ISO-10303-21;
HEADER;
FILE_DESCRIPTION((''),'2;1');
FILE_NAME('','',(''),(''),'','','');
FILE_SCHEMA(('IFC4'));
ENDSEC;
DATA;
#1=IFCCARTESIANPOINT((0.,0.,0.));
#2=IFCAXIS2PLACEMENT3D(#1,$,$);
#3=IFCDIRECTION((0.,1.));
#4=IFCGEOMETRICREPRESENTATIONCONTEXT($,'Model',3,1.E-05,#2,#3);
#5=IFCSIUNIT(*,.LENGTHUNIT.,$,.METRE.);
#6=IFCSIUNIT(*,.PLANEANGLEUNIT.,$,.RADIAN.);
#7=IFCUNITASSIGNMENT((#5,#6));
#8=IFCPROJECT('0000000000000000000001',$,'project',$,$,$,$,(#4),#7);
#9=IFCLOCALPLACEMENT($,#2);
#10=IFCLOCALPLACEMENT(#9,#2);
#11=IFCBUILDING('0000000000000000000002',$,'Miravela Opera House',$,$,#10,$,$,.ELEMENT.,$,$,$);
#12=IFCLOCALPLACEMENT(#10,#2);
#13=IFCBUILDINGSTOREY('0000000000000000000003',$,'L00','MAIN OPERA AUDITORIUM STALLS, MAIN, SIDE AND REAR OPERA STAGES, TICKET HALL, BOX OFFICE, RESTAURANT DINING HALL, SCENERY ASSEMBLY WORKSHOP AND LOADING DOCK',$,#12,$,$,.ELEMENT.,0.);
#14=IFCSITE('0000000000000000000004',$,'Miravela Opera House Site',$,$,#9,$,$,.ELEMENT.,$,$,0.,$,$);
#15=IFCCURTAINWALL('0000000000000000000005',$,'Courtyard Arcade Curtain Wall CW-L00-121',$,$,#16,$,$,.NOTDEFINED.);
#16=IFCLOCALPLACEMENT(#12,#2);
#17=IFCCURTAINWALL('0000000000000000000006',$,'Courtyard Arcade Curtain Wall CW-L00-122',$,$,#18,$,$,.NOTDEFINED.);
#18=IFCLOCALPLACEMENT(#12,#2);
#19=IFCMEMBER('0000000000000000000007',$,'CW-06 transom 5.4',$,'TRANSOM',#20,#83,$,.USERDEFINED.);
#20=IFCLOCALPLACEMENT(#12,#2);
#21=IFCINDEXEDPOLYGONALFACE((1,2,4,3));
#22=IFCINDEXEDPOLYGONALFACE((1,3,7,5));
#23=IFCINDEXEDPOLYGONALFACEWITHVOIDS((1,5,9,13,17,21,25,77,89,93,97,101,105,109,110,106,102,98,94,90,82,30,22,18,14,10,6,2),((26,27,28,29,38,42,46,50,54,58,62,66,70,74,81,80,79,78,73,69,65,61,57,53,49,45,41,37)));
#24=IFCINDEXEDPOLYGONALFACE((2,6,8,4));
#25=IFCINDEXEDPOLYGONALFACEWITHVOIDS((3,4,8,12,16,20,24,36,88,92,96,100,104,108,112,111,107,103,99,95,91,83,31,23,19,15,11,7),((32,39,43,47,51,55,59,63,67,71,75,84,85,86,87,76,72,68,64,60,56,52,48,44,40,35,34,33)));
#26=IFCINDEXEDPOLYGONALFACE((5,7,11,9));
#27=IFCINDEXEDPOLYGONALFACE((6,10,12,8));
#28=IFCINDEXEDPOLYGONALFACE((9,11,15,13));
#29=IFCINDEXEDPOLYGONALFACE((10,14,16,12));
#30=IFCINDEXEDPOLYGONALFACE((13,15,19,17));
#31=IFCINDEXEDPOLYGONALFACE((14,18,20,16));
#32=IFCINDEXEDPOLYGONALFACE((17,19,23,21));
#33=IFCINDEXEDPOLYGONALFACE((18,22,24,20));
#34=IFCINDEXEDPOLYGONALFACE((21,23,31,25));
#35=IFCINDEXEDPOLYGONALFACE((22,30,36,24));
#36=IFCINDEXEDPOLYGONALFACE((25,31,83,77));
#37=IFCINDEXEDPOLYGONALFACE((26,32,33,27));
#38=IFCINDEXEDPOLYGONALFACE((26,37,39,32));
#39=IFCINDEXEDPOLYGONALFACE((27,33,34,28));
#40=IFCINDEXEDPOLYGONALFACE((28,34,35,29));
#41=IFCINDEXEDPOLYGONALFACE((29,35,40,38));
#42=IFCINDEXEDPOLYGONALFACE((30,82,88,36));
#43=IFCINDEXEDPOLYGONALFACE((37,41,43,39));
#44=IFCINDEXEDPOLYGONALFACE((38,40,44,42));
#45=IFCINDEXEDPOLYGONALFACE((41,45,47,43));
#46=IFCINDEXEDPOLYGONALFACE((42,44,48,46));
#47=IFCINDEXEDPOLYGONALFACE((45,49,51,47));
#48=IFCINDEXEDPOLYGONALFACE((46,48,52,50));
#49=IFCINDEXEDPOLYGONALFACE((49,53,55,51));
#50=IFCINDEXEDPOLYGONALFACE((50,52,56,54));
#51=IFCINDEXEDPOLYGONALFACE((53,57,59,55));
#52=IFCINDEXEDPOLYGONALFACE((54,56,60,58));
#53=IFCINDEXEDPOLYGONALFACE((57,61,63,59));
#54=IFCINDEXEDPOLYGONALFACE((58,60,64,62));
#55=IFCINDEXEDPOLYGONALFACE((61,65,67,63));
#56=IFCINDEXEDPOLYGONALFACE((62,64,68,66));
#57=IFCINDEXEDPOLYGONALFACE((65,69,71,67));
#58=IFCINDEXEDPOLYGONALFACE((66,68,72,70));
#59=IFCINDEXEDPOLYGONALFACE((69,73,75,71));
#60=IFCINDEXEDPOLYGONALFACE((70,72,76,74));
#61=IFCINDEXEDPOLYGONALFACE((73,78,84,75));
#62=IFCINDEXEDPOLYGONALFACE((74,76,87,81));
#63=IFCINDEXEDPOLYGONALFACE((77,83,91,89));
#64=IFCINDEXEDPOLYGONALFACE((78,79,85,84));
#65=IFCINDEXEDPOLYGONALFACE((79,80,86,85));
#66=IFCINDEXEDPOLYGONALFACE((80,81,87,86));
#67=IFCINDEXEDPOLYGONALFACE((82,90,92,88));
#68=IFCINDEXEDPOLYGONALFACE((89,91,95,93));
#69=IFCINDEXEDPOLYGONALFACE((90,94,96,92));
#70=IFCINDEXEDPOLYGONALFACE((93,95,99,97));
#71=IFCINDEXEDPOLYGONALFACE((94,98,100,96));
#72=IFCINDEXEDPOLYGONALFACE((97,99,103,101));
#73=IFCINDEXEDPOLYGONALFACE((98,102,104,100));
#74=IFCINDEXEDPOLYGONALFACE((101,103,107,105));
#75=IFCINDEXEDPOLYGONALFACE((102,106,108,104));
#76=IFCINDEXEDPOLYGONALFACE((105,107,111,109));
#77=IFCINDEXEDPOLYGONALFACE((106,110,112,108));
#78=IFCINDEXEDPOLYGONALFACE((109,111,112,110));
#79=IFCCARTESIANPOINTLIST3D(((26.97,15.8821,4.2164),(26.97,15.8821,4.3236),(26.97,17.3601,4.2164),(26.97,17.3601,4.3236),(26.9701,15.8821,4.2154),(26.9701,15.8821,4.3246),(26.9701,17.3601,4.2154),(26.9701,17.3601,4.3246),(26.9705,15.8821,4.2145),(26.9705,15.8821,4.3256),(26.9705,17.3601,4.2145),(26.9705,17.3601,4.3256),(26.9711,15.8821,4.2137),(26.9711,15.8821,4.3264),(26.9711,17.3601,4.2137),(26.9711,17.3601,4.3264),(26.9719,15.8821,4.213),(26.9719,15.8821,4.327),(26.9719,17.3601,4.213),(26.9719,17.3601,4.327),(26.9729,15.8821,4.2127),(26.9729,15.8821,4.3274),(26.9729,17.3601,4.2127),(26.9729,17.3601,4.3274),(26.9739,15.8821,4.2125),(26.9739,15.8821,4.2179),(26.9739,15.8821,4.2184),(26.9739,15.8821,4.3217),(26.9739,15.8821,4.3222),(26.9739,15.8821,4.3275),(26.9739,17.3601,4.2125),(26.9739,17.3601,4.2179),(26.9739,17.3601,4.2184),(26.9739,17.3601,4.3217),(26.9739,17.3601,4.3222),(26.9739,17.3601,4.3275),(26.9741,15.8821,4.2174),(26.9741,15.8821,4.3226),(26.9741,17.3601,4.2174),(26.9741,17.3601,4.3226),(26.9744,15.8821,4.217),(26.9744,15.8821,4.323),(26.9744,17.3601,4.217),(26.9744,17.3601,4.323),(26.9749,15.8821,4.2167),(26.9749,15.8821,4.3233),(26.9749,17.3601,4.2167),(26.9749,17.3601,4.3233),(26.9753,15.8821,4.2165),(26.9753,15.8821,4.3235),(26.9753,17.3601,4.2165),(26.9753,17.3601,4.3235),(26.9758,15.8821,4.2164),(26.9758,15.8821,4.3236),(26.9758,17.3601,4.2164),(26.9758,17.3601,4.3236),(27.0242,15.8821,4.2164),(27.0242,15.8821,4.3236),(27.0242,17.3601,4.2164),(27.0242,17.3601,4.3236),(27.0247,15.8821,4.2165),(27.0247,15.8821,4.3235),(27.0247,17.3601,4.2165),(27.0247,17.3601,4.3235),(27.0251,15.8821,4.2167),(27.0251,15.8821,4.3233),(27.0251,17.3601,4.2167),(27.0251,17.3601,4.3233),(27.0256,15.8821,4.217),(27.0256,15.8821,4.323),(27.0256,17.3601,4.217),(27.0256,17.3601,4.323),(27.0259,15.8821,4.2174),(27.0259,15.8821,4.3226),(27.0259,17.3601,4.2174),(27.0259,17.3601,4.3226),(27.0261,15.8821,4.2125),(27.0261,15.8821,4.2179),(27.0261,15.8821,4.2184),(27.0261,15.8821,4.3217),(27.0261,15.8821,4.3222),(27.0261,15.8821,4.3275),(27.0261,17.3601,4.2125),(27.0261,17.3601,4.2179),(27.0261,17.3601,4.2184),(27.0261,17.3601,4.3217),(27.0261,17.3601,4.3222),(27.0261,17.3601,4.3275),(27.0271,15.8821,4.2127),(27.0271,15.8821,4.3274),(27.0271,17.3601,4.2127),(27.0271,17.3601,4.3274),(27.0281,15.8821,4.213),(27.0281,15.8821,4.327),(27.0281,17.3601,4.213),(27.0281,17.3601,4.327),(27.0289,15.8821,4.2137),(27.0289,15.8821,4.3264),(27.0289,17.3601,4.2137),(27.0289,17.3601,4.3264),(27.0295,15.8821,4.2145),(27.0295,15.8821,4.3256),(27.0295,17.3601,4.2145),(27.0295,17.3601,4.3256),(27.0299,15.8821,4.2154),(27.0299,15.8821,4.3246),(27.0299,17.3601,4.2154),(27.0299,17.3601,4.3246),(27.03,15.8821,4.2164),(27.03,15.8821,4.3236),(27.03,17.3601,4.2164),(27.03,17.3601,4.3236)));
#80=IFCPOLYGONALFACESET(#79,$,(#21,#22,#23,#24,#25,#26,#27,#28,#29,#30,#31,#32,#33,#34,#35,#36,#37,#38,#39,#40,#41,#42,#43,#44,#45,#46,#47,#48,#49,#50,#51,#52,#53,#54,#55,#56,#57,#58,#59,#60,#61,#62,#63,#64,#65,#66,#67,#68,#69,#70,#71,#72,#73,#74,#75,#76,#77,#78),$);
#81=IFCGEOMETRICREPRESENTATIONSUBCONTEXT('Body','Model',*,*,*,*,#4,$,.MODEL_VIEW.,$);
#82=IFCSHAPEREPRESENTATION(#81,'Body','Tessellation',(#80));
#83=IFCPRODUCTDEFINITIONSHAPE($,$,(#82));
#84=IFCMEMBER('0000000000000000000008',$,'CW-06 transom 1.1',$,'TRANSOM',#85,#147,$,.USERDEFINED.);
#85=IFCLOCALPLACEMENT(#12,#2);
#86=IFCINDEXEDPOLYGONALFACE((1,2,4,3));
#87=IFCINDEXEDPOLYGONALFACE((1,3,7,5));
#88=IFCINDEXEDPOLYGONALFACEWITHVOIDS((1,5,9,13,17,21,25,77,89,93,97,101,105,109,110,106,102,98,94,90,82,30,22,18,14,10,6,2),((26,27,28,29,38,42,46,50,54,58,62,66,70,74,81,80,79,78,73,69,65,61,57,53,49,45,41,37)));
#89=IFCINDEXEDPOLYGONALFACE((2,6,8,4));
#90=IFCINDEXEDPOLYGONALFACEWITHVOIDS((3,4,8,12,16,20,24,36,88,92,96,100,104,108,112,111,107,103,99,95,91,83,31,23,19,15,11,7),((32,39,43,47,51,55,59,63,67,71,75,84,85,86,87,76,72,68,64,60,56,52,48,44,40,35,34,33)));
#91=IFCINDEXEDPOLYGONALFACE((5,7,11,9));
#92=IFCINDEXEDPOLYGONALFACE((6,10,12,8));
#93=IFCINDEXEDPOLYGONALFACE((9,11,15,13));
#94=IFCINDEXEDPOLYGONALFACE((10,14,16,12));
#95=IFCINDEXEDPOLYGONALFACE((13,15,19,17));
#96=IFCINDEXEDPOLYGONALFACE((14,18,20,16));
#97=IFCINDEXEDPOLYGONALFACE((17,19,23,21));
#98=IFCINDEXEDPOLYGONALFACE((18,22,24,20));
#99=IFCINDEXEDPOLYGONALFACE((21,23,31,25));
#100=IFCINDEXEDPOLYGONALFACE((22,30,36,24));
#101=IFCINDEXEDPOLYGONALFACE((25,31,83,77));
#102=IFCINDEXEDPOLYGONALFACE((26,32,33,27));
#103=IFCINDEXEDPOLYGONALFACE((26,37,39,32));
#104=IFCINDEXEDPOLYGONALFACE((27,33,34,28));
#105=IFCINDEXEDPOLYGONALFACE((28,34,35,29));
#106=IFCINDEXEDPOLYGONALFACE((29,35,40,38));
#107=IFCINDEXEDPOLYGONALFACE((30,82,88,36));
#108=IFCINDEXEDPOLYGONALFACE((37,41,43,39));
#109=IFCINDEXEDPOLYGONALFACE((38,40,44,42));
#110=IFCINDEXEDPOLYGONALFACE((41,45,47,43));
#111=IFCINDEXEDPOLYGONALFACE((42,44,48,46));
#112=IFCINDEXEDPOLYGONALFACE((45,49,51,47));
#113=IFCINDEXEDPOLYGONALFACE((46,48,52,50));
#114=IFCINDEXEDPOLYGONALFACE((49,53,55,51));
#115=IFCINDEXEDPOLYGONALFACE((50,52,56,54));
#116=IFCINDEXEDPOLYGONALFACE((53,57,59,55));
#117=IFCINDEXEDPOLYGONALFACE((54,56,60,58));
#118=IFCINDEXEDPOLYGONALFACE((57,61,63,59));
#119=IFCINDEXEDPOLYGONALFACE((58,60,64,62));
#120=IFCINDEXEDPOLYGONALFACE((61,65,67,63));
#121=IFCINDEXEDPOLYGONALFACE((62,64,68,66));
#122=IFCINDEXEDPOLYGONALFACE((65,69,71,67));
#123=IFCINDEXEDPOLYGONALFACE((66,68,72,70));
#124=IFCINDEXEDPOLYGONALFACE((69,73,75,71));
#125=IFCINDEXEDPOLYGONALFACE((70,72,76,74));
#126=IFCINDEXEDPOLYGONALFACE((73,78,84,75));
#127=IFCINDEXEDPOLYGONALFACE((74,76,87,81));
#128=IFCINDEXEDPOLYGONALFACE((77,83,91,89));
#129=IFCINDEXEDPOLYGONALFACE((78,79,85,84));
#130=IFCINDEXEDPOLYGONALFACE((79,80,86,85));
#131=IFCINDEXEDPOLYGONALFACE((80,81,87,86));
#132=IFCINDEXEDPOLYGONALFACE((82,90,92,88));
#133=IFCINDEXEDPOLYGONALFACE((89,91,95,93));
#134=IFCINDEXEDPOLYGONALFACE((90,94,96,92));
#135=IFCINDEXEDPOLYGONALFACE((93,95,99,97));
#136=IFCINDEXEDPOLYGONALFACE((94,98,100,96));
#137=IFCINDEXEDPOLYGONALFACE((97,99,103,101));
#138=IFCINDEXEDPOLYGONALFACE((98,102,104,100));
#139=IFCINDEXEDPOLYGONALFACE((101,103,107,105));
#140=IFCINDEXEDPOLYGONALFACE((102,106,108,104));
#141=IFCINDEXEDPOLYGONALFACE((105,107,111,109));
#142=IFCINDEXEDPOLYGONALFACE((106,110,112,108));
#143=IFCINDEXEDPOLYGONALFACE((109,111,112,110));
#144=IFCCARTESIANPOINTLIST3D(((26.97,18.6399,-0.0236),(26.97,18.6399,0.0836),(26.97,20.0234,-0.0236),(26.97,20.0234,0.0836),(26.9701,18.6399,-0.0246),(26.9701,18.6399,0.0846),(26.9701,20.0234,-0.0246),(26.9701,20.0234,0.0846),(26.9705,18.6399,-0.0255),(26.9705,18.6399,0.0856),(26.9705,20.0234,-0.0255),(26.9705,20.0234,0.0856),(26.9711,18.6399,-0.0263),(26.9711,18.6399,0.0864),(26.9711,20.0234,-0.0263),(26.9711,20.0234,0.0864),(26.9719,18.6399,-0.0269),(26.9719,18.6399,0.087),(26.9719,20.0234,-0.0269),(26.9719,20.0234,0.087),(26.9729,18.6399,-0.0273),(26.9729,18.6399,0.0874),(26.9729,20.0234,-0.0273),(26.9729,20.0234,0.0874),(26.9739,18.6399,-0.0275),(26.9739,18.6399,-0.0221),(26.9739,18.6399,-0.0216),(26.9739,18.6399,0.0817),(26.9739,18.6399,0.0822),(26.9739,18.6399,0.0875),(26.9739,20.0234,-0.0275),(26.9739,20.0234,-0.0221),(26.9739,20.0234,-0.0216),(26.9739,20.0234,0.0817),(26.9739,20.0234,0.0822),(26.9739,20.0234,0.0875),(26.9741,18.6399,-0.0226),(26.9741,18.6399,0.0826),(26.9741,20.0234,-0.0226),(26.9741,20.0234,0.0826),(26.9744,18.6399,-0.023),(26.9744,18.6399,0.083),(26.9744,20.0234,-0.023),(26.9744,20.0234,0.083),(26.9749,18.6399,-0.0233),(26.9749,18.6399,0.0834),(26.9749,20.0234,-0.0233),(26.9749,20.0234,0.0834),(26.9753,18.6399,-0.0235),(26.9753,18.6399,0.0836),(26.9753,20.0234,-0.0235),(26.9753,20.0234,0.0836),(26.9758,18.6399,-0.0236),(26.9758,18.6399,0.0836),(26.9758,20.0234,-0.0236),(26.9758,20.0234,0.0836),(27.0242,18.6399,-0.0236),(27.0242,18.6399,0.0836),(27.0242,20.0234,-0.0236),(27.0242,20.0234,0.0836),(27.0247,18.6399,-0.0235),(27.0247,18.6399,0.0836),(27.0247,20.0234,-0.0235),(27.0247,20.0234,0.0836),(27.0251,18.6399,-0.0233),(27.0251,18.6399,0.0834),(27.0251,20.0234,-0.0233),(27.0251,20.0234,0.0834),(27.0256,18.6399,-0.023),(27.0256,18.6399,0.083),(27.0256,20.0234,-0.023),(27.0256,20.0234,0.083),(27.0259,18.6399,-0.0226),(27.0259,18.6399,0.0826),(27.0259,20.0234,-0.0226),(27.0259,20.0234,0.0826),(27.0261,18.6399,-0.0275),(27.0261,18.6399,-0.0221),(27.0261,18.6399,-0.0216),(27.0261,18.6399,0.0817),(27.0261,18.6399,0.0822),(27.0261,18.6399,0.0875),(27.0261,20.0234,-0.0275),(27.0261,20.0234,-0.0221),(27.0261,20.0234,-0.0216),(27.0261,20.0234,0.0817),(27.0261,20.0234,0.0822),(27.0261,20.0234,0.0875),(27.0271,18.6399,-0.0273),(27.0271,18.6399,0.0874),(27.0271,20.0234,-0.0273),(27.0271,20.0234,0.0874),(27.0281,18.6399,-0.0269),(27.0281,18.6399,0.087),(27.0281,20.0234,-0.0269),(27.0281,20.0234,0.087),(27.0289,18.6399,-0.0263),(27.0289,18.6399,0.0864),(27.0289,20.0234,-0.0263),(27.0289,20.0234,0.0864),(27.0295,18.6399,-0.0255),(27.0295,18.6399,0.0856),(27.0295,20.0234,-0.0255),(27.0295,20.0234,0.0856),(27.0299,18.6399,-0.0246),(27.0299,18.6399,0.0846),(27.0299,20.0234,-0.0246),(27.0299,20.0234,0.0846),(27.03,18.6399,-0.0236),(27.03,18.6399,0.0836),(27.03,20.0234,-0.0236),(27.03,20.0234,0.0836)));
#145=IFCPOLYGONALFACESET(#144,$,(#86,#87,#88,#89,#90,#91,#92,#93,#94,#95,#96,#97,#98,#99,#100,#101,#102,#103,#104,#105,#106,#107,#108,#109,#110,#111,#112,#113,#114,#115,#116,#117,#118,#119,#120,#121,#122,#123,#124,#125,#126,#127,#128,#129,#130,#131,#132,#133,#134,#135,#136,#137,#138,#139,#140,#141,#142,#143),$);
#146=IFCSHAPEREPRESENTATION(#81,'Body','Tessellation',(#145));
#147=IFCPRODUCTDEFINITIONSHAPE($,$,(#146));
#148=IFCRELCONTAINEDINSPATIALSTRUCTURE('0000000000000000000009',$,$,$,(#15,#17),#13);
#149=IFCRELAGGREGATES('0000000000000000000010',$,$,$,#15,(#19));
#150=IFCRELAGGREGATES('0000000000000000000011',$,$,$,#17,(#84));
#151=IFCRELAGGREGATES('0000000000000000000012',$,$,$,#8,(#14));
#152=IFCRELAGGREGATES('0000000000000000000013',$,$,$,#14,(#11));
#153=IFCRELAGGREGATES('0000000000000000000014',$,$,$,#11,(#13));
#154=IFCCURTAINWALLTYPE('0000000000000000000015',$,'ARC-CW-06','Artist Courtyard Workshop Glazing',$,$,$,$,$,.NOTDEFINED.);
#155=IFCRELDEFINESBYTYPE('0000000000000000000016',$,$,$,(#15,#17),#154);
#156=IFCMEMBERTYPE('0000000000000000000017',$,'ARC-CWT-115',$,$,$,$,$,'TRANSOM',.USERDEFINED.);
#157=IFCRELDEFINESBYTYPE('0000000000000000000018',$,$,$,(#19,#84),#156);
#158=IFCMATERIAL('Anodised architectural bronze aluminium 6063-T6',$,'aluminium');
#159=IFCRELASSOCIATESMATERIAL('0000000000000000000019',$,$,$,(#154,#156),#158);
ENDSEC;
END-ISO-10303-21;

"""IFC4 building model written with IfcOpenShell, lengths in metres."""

from ifc_helpers import new_model, si_unit, direction, frame, origin, origin_2d, place, context, subcontext, project, spatial, hollow_rectangle, extrude, material, material_profile, profile_set, type_object, element, aggregate, save


model = new_model("IFC4")

# Units and contexts
model_context = context("Model", 3, precision=1e-05, world=origin(), true_north=direction((0.0, 1.0)))
body_context = subcontext(model_context, "Body", "Model", "MODEL_VIEW")
ifc_project = project(units=[si_unit("LENGTHUNIT", "METRE"), si_unit("PLANEANGLEUNIT", "RADIAN")], contexts=[model_context])

# Site, building, storey
site_placement = place(None, origin())
site = spatial("IfcSite", under=ifc_project, at=site_placement, Name="Miravela Opera House Site", CompositionType="ELEMENT", RefElevation=0.0)
building_placement = place(site_placement, origin())
building = spatial("IfcBuilding", under=site, at=building_placement, Name="Miravela Opera House", CompositionType="ELEMENT")
storey_placement = place(building_placement, origin())
storey = spatial("IfcBuildingStorey", under=building, at=storey_placement, Name="L00", Description="MAIN OPERA AUDITORIUM STALLS, MAIN, SIDE AND REAR OPERA STAGES, TICKET HALL, BOX OFFICE, RESTAURANT DINING HALL, SCENERY ASSEMBLY WORKSHOP AND LOADING DOCK", CompositionType="ELEMENT", Elevation=0.0)

# Curtain wall
ifc_material_1 = material(Name="Anodised architectural bronze aluminium 6063-T6", Category="aluminium")
curtain_wall_type = type_object("IfcCurtainWallType", Name="ARC-CW-06", Description="Artist Courtyard Workshop Glazing", PredefinedType="NOTDEFINED", material=ifc_material_1)
curtain_wall_1_placement = place(storey_placement, origin())
curtain_wall_1 = element("IfcCurtainWall", 1, at=curtain_wall_1_placement, inside=storey, type_object=curtain_wall_type, Name="Courtyard Arcade Curtain Wall CW-L00-121", PredefinedType="NOTDEFINED")

# Curtain wall
curtain_wall_2_placement = place(storey_placement, origin())
curtain_wall_2 = element("IfcCurtainWall", 2, at=curtain_wall_2_placement, inside=storey, type_object=curtain_wall_type, Name="Courtyard Arcade Curtain Wall CW-L00-122", PredefinedType="NOTDEFINED")

# Members
ifc_material_profile_1 = material_profile(ifc_material_1, hollow_rectangle(XDim=0.0601, YDim=0.115, WallThickness=0.0039, InnerFilletRadius=0.002, OuterFilletRadius=0.0039, at=origin_2d()), Name="CWT-60X115")
ifc_profile_set_1 = profile_set([ifc_material_profile_1])
member_type_1 = type_object("IfcMemberType", Name="ARC-CWT-115", ElementType="TRANSOM", PredefinedType="USERDEFINED", material=ifc_profile_set_1)
member_1_placement = place(storey_placement, frame((27.0, 15.8821, 4.27), z_axis=(0.0, 1.0, 0.0), x_axis=(-1.0, 0.0, 0.0)))
member_1 = element("IfcMember", 3, at=member_1_placement, type_object=member_type_1, Name="CW-06 transom 5.4", ObjectType="TRANSOM", PredefinedType="USERDEFINED", context=body_context, shape_type="SweptSolid", body=[
    extrude(hollow_rectangle(XDim=0.0601, YDim=0.115, WallThickness=0.0039, InnerFilletRadius=0.002, OuterFilletRadius=0.0039, at=origin_2d()), origin(), (0.0, 0.0, 1.0), 1.478),
])
member_2_placement = place(storey_placement, frame((27.0, 18.6399, 0.03), z_axis=(0.0, 1.0, 0.0), x_axis=(-1.0, 0.0, 0.0)))
member_2 = element("IfcMember", 4, at=member_2_placement, type_object=member_type_1, Name="CW-06 transom 1.1", ObjectType="TRANSOM", PredefinedType="USERDEFINED", context=body_context, shape_type="SweptSolid", body=[
    extrude(hollow_rectangle(XDim=0.0601, YDim=0.115, WallThickness=0.0039, InnerFilletRadius=0.002, OuterFilletRadius=0.0039, at=origin_2d()), origin(), (0.0, 0.0, 1.0), 1.3835),
])

aggregate(curtain_wall_1, [member_1])
aggregate(curtain_wall_2, [member_2])

save(model, "model.ifc")
